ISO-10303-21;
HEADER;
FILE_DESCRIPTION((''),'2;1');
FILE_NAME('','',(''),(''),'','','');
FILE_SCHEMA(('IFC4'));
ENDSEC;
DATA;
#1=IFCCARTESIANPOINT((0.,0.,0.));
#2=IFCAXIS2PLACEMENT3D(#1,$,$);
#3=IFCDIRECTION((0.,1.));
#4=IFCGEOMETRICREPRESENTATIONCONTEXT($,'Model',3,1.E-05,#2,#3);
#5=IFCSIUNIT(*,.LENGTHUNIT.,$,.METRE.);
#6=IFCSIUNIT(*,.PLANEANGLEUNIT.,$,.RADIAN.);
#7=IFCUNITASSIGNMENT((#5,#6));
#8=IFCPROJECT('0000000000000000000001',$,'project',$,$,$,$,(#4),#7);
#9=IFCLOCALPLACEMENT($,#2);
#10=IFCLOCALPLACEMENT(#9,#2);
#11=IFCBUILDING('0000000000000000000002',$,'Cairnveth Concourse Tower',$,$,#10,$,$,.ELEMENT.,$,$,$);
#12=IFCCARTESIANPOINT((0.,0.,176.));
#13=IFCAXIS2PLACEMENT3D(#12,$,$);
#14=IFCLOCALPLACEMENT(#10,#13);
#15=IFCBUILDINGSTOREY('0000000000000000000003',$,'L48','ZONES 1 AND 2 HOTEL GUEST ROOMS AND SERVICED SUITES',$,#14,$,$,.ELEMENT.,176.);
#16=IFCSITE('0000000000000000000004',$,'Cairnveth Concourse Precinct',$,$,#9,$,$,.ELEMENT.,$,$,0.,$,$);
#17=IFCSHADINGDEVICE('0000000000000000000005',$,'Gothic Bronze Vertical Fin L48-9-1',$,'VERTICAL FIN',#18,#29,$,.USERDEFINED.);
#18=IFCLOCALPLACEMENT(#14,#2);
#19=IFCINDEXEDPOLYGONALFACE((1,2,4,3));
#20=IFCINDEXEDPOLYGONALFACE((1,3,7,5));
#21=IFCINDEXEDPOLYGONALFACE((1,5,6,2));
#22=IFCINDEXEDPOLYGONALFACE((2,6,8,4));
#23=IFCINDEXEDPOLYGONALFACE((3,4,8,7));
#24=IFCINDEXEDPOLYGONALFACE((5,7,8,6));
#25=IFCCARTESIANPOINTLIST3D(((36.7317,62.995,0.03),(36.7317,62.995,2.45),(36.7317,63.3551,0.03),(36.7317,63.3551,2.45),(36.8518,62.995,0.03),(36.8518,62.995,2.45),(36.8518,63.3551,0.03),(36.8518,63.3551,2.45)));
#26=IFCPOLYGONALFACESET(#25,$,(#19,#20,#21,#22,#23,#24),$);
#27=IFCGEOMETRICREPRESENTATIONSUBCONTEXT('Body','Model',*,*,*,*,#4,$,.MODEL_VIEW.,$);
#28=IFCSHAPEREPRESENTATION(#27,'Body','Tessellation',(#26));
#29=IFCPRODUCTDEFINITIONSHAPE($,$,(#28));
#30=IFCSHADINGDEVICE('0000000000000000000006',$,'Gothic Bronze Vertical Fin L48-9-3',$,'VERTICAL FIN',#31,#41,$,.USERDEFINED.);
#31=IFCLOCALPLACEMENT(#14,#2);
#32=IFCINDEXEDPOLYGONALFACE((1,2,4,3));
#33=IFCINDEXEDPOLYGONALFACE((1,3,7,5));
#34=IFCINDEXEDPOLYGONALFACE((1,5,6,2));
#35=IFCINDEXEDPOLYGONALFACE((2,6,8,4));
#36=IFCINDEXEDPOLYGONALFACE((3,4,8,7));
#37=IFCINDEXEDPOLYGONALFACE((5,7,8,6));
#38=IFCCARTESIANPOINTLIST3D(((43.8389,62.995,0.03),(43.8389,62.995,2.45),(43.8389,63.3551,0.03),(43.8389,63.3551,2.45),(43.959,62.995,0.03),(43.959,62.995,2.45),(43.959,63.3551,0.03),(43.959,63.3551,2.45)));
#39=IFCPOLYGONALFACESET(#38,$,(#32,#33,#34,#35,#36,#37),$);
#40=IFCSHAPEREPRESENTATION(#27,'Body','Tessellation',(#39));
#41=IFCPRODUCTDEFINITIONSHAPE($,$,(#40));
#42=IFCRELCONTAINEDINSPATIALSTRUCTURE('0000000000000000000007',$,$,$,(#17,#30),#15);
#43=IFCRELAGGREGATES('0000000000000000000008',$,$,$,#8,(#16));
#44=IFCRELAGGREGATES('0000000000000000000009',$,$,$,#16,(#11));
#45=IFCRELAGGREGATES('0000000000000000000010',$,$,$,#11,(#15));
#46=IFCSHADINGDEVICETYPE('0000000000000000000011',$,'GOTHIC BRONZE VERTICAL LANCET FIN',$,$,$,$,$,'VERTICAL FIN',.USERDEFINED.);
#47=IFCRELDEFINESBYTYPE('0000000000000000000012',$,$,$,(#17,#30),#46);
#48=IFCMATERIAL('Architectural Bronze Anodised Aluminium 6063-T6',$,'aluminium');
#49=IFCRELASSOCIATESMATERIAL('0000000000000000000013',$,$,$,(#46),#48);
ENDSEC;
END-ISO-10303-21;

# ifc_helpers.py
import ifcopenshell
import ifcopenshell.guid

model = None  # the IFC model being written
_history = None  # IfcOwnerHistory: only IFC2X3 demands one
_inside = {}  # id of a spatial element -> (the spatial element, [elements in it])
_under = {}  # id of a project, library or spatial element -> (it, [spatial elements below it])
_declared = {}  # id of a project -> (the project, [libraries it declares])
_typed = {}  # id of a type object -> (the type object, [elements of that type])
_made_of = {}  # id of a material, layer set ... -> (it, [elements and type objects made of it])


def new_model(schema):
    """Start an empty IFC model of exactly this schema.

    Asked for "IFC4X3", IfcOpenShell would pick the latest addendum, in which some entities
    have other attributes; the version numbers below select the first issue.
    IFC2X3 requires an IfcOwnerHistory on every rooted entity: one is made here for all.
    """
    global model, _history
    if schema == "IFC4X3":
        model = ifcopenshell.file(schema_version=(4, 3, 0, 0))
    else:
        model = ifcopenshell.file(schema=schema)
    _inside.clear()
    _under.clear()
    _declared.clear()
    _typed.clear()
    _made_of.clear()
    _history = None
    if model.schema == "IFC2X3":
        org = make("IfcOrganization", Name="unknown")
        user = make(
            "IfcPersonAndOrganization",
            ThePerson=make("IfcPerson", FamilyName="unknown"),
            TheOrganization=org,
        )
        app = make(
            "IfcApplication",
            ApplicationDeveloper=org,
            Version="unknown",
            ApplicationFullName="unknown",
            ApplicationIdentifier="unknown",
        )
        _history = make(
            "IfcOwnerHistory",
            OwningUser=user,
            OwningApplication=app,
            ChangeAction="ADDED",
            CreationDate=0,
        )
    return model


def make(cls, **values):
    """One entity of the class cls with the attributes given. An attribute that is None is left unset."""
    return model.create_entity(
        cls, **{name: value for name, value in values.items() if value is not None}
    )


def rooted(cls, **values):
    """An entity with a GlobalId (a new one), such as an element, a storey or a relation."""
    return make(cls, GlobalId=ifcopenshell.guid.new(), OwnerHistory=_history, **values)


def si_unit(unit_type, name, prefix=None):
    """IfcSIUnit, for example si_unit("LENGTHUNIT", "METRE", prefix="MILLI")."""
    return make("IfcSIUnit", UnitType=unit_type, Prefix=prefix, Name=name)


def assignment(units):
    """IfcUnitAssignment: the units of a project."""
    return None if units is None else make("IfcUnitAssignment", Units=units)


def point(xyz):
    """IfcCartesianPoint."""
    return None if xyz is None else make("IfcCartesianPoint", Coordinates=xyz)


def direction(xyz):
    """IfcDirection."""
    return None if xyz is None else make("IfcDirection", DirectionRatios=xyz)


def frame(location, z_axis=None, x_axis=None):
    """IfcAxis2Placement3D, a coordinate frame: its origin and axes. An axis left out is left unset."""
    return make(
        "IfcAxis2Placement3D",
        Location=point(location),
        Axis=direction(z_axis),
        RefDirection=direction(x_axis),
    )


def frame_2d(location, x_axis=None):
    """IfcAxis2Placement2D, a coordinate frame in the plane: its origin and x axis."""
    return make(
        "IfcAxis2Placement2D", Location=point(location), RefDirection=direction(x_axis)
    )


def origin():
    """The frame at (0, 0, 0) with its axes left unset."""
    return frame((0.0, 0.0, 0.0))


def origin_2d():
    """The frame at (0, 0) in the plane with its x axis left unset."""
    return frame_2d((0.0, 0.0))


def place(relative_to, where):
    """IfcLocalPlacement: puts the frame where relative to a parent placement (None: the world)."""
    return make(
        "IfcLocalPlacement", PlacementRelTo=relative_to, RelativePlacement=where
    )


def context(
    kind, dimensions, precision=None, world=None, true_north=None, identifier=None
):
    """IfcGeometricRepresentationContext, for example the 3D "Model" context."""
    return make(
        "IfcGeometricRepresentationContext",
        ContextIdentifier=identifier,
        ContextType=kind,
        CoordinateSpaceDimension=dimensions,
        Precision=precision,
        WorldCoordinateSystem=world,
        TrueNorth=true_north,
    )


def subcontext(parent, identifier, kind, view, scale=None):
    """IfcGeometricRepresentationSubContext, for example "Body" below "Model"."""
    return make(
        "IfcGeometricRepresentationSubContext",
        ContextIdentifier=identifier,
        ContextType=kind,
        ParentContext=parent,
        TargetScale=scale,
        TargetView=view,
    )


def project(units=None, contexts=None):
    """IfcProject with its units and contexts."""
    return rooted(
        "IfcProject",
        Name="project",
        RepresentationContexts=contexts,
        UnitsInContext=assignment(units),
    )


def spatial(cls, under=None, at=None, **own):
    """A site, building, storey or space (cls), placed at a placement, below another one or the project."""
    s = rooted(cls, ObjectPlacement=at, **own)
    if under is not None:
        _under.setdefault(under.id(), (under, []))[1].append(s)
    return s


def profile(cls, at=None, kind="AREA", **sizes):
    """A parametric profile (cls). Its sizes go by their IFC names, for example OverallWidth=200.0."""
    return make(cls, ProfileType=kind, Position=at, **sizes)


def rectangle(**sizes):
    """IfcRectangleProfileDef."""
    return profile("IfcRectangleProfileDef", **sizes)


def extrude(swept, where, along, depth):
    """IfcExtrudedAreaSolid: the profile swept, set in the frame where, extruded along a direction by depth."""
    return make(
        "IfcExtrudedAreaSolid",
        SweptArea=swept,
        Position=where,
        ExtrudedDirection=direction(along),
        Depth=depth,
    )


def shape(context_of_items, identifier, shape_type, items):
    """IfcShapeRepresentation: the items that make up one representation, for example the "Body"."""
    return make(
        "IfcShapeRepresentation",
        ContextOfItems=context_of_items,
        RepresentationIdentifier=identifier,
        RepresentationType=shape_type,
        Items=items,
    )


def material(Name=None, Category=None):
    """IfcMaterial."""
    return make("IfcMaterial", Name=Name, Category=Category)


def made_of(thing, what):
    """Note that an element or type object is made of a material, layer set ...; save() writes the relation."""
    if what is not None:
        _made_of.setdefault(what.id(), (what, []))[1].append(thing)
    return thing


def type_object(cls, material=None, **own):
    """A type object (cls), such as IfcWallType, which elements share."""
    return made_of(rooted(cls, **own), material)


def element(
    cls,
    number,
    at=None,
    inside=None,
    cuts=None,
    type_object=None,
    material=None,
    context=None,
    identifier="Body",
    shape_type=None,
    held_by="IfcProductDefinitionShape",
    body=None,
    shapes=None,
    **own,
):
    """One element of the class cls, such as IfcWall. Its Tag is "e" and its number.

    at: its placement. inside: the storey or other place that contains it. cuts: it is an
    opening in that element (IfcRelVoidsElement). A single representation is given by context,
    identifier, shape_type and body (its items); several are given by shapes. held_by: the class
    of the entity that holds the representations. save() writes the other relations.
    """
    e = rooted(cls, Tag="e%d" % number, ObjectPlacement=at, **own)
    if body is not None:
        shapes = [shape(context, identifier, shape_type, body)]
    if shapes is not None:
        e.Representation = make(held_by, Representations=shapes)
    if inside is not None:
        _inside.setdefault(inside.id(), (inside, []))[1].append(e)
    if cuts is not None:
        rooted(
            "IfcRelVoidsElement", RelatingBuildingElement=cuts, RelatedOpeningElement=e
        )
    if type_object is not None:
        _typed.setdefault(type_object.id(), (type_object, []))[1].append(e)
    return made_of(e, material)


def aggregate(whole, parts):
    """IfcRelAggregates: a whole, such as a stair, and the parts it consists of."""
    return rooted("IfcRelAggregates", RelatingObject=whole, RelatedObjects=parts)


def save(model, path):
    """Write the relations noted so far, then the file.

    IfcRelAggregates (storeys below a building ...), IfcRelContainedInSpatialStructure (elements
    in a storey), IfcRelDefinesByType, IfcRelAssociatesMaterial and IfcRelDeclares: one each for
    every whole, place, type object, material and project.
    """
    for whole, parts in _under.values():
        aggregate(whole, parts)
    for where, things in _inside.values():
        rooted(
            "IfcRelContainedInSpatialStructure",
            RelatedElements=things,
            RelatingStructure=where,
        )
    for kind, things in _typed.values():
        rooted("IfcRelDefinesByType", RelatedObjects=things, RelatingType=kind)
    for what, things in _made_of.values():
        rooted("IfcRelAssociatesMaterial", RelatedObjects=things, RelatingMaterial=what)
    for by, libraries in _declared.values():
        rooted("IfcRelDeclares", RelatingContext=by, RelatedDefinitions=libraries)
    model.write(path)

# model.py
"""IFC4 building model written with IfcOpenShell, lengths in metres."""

from ifc_helpers import new_model, si_unit, direction, frame, origin, origin_2d, place, context, subcontext, project, spatial, rectangle, extrude, material, type_object, element, save


model = new_model("IFC4")

# Units and contexts
model_context = context("Model", 3, precision=1e-05, world=origin(), true_north=direction((0.0, 1.0)))
body_context = subcontext(model_context, "Body", "Model", "MODEL_VIEW")
ifc_project = project(units=[si_unit("LENGTHUNIT", "METRE"), si_unit("PLANEANGLEUNIT", "RADIAN")], contexts=[model_context])

# Site, building, storey
site_placement = place(None, origin())
site = spatial("IfcSite", under=ifc_project, at=site_placement, Name="Cairnveth Concourse Precinct", CompositionType="ELEMENT", RefElevation=0.0)
building_placement = place(site_placement, origin())
building = spatial("IfcBuilding", under=site, at=building_placement, Name="Cairnveth Concourse Tower", CompositionType="ELEMENT")
storey_placement = place(building_placement, frame((0.0, 0.0, 176.0)))
storey = spatial("IfcBuildingStorey", under=building, at=storey_placement, Name="L48", Description="ZONES 1 AND 2 HOTEL GUEST ROOMS AND SERVICED SUITES", CompositionType="ELEMENT", Elevation=176.0)

# Shading devices
ifc_material_1 = material(Name="Architectural Bronze Anodised Aluminium 6063-T6", Category="aluminium")
shading_device_type = type_object("IfcShadingDeviceType", Name="GOTHIC BRONZE VERTICAL LANCET FIN", ElementType="VERTICAL FIN", PredefinedType="USERDEFINED", material=ifc_material_1)
for number, where, z_axis, x_axis, name in (
    (1, (36.7917, 63.175, 0.03), (0.0, 0.0, 1.0), (1.0, 0.0, 0.0), "Gothic Bronze Vertical Fin L48-9-1"),
    (2, (43.8989, 63.175, 0.03), (0.0, 0.0, 1.0), (1.0, 0.0, 0.0), "Gothic Bronze Vertical Fin L48-9-3"),
):
    element("IfcShadingDevice", number, at=place(storey_placement, frame(where, z_axis=z_axis, x_axis=x_axis)), inside=storey, type_object=shading_device_type, Name=name, ObjectType="VERTICAL FIN", PredefinedType="USERDEFINED", context=body_context, shape_type="SweptSolid", body=[
        extrude(rectangle(XDim=0.1201, YDim=0.3601, at=origin_2d()), origin(), (0.0, 0.0, 1.0), 2.4199),
    ])

save(model, "model.ifc")
